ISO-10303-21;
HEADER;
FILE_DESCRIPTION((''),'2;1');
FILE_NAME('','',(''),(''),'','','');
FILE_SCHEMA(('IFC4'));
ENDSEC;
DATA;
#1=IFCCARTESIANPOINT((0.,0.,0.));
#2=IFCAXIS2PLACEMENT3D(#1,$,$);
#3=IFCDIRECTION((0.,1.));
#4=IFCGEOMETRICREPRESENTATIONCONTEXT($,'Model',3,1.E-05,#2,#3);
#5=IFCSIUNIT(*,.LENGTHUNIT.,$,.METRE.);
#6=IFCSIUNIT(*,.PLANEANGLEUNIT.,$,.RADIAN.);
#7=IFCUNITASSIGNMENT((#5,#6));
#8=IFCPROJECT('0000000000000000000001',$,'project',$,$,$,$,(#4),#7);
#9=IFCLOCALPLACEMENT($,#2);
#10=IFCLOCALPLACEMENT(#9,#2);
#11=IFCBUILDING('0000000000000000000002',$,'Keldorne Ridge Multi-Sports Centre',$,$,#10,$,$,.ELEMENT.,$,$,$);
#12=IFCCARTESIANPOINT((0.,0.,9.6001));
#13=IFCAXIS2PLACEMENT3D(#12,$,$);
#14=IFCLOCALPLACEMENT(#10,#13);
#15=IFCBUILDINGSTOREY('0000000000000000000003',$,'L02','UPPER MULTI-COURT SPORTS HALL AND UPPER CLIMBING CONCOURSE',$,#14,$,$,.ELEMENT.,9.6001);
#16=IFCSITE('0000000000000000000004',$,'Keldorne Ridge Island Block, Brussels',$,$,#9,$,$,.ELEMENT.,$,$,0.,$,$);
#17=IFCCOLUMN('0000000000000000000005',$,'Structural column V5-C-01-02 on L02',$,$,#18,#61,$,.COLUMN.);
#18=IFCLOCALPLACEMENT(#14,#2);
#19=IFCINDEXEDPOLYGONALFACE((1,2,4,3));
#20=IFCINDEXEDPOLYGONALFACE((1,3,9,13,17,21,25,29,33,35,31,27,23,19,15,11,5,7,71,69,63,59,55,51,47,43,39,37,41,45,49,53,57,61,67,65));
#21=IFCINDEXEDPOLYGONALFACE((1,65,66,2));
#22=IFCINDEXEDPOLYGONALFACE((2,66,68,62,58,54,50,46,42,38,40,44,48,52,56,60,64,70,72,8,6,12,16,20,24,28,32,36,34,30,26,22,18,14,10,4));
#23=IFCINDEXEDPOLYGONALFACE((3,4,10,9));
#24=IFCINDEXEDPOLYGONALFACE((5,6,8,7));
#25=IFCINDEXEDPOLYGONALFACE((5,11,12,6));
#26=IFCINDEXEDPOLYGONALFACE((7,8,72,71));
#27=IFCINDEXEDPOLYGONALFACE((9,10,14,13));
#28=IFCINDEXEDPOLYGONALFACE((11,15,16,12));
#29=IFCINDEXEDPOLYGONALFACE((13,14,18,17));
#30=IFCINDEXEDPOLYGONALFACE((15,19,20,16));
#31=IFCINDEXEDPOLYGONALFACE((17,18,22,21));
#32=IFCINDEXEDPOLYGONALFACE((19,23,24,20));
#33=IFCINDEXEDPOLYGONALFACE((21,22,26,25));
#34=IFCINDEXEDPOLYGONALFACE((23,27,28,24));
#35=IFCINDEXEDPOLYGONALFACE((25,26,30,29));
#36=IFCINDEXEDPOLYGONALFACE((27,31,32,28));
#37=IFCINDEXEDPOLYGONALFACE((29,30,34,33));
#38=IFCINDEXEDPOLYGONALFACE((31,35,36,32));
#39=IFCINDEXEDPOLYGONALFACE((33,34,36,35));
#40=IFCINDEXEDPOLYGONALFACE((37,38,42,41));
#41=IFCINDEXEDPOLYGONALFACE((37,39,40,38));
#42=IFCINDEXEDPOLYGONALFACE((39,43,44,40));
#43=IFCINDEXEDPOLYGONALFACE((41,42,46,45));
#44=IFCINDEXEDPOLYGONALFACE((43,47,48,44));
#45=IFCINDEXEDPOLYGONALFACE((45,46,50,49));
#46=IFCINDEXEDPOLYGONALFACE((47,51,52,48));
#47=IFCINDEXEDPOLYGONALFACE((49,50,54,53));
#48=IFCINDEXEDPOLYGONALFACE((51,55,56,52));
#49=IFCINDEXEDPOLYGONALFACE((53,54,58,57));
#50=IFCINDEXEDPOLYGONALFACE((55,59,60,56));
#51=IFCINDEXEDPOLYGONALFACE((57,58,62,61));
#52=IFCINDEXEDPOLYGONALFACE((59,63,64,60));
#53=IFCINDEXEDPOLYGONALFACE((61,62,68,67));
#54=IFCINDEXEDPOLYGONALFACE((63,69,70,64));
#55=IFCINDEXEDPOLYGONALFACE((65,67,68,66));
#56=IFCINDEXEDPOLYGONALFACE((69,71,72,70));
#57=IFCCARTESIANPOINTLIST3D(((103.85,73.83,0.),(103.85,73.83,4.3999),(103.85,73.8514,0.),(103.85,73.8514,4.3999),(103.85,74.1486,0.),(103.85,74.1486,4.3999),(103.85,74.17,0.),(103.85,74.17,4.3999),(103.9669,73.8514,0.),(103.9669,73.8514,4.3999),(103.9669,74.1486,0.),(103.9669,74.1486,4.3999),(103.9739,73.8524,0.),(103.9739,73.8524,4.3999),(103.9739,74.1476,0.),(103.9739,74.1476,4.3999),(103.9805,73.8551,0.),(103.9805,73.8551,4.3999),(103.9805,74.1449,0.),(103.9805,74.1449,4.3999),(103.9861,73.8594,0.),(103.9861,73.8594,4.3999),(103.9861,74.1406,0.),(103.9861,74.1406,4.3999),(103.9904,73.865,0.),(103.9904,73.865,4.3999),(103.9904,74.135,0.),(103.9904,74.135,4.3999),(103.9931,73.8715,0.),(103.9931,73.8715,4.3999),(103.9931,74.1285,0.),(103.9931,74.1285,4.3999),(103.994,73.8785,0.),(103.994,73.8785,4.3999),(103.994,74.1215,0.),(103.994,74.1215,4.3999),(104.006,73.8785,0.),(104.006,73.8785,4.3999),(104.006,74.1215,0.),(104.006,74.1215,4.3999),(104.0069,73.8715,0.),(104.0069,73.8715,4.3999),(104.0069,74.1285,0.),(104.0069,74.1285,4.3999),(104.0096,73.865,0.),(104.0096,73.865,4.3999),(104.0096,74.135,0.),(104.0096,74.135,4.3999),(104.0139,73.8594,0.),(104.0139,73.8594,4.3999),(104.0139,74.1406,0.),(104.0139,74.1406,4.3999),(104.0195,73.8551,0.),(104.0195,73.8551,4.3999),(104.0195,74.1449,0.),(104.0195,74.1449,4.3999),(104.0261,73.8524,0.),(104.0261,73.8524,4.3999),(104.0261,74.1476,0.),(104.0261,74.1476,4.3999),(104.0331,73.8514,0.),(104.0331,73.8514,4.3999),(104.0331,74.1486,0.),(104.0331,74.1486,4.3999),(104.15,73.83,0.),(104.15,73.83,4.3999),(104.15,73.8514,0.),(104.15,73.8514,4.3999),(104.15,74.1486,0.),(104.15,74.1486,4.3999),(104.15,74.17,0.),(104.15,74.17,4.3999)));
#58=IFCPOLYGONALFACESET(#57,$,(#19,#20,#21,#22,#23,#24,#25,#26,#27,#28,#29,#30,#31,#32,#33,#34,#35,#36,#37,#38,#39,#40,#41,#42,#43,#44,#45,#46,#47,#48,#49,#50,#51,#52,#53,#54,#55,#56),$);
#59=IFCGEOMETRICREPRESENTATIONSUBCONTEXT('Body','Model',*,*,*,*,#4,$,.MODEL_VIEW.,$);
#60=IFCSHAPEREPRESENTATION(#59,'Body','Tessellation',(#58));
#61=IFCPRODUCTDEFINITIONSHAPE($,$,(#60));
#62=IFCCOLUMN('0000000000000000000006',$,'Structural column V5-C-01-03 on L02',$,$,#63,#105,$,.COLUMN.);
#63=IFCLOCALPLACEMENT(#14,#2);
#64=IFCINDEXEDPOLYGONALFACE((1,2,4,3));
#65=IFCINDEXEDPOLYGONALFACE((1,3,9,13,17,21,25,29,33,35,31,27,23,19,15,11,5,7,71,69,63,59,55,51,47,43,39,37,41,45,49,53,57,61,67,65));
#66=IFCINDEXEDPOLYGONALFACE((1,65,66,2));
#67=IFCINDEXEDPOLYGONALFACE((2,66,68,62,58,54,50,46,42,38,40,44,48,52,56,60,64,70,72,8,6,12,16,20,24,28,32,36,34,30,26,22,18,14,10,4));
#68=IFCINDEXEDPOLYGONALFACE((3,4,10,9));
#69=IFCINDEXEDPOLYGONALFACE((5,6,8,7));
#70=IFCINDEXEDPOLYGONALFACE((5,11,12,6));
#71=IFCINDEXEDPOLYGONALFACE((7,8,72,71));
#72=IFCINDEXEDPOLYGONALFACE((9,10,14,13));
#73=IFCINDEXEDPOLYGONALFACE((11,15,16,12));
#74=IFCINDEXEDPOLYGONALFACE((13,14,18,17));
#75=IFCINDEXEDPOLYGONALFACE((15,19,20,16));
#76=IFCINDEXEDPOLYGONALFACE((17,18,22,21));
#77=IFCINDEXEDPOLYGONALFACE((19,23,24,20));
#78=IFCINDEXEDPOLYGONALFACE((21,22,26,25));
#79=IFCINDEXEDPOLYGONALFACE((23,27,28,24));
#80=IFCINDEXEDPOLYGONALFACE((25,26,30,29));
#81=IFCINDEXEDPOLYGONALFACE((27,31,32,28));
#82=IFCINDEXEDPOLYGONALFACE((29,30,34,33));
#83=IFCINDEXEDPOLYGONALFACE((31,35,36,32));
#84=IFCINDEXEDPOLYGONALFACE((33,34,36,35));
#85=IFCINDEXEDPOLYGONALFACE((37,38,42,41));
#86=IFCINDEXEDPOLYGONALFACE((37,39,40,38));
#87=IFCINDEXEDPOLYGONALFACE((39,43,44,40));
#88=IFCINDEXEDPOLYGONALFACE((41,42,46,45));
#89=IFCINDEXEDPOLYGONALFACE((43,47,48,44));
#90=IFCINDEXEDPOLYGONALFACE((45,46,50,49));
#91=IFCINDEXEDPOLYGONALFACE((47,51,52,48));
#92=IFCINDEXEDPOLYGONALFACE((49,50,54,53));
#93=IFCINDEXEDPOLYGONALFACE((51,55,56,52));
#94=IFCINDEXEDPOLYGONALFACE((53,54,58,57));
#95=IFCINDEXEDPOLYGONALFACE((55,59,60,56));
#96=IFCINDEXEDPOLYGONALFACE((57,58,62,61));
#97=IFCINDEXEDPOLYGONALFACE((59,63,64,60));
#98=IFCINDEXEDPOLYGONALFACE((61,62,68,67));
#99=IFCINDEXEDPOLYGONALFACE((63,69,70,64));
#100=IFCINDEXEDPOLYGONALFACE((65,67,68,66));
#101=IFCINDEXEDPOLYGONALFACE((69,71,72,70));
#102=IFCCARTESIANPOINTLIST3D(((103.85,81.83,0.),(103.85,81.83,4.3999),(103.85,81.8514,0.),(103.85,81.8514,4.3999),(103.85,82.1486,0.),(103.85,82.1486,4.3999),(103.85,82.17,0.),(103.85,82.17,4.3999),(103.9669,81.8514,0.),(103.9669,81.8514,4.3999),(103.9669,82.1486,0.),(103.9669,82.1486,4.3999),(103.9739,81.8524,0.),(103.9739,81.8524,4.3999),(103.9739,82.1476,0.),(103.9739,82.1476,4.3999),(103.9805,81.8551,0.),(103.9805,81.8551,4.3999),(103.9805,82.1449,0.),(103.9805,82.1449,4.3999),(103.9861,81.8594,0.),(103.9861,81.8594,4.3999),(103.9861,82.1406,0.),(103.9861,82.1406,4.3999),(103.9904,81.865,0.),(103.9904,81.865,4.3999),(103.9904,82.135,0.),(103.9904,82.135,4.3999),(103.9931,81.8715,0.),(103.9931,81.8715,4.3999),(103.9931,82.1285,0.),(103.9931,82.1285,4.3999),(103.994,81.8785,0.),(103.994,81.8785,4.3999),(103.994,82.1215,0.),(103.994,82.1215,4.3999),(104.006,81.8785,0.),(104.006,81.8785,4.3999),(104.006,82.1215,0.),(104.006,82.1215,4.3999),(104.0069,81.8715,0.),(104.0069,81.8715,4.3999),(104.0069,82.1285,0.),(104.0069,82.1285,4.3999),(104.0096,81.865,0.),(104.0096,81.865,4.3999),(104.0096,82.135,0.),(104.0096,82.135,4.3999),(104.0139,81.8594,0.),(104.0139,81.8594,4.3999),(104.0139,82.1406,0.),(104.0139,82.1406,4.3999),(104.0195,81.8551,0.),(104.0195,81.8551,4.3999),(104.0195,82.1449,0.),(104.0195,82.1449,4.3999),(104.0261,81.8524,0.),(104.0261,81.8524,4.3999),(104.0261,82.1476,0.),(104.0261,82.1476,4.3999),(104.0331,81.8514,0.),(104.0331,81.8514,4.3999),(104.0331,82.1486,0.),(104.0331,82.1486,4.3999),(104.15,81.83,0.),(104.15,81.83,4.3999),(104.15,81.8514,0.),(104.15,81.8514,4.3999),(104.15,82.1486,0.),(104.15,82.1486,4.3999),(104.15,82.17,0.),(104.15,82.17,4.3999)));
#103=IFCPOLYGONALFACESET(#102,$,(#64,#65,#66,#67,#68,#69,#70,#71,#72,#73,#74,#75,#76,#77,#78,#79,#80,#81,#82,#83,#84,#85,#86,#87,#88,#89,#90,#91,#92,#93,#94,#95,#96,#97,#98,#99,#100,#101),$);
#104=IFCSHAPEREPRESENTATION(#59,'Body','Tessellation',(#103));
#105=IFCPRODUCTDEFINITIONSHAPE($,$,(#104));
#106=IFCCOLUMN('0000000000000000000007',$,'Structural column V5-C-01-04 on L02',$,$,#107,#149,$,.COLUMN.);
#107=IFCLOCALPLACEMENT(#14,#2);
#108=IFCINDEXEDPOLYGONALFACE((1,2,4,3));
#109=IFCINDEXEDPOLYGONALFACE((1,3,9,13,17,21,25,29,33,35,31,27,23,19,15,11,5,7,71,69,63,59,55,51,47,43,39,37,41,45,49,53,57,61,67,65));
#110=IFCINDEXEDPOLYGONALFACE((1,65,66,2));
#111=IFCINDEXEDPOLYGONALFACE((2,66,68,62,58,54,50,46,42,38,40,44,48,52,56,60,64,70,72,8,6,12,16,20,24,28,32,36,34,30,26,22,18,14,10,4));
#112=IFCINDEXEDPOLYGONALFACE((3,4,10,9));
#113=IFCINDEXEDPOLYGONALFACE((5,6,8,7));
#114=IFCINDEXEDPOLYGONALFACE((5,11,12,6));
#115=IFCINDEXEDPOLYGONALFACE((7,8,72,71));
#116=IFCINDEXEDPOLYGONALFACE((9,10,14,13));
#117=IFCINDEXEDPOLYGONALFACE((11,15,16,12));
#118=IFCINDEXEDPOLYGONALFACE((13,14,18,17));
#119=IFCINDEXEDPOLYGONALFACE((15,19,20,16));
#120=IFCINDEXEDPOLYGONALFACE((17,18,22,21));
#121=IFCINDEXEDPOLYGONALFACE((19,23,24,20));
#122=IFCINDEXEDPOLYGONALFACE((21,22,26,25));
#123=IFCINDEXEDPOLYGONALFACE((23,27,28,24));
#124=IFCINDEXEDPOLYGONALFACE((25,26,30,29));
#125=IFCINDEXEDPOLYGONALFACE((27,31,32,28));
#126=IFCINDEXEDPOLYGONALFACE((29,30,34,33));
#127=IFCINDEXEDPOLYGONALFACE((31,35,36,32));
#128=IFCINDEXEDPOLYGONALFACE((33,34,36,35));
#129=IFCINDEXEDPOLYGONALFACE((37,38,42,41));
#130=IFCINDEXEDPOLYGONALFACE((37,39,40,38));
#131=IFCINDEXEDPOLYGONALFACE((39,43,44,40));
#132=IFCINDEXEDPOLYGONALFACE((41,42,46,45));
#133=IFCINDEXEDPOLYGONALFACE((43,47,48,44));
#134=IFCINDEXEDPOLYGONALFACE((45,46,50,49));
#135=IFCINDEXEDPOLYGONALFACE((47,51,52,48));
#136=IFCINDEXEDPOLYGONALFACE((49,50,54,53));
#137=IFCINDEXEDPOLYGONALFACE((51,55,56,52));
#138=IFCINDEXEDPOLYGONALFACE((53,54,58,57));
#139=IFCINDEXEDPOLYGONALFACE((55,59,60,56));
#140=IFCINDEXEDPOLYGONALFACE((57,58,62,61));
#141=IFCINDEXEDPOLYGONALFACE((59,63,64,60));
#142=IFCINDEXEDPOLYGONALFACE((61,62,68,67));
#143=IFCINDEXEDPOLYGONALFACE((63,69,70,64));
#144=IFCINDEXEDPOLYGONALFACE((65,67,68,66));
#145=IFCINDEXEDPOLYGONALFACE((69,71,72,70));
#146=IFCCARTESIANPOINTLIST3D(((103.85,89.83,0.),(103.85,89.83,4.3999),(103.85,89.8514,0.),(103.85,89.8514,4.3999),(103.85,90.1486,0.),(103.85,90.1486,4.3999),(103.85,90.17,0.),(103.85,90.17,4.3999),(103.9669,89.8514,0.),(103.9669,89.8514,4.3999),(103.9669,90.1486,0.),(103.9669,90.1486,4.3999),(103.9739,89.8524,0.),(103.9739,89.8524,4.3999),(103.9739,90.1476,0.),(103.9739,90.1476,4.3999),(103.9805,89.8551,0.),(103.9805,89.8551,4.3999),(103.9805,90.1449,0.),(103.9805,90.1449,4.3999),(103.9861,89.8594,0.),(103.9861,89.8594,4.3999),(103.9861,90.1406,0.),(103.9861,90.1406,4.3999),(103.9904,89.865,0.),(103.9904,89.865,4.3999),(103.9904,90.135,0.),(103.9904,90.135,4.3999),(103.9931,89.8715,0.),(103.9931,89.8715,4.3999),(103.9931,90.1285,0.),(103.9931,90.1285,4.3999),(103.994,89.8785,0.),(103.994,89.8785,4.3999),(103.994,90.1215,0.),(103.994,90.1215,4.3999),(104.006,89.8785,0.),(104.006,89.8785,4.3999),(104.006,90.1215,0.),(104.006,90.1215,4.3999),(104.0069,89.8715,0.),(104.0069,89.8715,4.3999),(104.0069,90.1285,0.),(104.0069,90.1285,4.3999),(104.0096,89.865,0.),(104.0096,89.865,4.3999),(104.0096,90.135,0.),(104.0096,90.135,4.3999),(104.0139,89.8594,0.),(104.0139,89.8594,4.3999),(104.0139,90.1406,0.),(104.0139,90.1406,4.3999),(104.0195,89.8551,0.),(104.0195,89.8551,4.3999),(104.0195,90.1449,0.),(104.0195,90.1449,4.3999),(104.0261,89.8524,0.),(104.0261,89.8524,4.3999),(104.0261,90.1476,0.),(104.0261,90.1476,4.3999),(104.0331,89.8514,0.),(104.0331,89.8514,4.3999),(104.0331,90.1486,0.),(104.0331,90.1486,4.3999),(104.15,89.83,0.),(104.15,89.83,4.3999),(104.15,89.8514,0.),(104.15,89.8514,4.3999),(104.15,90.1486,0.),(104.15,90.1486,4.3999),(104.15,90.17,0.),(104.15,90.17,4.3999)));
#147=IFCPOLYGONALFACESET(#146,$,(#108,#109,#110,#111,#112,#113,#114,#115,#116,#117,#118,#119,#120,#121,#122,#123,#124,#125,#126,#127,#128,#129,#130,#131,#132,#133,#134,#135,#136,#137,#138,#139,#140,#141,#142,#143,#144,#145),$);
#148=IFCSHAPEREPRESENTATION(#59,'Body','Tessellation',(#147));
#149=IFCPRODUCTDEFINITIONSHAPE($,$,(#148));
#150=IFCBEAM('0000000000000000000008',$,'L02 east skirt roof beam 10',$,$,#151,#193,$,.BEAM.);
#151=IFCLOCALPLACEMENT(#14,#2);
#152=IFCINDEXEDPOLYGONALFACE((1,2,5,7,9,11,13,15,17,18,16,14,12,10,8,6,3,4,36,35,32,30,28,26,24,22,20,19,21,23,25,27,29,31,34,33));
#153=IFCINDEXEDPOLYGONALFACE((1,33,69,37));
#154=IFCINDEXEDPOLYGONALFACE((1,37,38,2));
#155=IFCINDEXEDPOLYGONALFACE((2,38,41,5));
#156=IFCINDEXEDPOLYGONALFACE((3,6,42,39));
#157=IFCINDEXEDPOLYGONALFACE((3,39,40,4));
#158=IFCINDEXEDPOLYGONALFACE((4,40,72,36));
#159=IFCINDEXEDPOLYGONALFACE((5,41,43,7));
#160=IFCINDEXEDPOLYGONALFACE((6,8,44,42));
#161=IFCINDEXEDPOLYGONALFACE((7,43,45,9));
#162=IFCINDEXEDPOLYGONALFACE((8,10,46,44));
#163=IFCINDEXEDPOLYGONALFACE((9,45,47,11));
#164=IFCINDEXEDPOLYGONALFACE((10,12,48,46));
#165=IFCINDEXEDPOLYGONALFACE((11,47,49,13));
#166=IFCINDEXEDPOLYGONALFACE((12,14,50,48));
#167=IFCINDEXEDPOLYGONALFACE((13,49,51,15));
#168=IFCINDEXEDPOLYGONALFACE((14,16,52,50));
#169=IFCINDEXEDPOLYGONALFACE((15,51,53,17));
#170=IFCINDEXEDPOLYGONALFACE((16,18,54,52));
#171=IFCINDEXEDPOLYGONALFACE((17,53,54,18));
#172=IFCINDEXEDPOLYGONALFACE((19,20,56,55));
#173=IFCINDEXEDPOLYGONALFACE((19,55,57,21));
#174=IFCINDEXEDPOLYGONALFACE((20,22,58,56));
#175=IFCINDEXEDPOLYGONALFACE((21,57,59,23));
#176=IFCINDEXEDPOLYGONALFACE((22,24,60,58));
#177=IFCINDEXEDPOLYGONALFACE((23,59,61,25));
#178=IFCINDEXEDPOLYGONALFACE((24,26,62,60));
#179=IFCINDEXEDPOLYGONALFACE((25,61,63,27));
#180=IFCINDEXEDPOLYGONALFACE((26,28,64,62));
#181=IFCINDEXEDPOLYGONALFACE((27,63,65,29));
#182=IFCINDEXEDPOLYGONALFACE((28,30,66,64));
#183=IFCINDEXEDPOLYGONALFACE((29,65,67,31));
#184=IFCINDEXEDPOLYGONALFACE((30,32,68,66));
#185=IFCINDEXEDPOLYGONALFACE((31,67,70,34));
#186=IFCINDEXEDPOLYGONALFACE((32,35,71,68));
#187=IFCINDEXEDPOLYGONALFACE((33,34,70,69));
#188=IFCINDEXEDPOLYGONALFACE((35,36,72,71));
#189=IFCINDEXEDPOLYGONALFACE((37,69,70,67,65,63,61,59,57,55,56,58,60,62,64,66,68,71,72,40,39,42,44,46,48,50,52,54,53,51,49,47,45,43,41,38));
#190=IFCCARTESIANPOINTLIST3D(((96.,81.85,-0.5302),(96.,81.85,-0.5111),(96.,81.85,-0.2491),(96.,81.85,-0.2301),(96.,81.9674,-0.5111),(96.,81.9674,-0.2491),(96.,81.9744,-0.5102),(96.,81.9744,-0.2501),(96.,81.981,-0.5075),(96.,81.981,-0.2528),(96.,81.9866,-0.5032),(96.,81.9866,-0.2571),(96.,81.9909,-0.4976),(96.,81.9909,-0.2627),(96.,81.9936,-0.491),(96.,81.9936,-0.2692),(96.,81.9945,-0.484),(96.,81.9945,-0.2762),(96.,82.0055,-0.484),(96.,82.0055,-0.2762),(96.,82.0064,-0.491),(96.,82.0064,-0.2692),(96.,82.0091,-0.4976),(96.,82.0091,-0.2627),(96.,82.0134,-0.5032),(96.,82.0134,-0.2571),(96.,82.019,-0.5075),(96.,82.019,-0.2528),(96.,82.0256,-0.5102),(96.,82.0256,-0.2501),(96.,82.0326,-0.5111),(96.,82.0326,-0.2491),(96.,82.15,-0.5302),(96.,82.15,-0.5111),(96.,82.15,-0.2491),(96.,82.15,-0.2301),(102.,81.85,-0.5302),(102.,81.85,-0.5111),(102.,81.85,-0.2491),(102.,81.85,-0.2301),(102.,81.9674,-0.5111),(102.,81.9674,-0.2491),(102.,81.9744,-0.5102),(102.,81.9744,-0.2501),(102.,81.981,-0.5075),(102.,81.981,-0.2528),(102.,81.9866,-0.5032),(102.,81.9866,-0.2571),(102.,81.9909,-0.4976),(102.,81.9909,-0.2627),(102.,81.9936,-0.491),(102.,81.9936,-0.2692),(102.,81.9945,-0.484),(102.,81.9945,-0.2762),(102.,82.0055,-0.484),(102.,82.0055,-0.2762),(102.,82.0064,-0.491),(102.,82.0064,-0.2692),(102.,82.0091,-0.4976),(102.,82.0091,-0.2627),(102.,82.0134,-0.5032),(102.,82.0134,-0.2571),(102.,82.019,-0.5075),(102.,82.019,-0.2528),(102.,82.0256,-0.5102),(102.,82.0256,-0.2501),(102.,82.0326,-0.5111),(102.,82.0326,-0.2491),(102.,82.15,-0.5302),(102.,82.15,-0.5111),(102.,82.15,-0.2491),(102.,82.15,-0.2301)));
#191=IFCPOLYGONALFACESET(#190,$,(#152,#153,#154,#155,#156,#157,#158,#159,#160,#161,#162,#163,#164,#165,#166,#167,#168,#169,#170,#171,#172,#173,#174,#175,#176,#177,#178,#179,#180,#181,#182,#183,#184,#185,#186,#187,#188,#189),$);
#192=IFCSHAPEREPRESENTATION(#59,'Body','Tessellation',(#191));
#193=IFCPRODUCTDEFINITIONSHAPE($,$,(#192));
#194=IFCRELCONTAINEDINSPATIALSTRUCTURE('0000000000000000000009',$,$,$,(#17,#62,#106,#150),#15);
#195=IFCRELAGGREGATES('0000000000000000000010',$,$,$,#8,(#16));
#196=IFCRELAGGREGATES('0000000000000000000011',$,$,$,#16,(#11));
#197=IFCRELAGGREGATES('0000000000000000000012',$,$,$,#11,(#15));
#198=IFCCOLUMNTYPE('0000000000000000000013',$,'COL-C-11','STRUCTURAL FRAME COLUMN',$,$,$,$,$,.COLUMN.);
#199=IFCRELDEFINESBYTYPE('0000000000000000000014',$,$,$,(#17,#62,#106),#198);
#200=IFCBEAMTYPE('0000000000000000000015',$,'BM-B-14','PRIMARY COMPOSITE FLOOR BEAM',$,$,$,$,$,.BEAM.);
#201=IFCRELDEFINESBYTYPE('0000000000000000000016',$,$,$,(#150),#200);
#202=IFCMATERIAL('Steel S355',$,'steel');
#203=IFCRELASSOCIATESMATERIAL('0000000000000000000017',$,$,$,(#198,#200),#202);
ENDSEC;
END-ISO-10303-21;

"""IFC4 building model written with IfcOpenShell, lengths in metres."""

from ifc_helpers import new_model, si_unit, direction, frame, origin, origin_2d, place, context, subcontext, project, spatial, i_section, extrude, material, material_profile, profile_set, type_object, element, save


model = new_model("IFC4")

# Units and contexts
model_context = context("Model", 3, precision=1e-05, world=origin(), true_north=direction((0.0, 1.0)))
body_context = subcontext(model_context, "Body", "Model", "MODEL_VIEW")
ifc_project = project(units=[si_unit("LENGTHUNIT", "METRE"), si_unit("PLANEANGLEUNIT", "RADIAN")], contexts=[model_context])

# Site, building, storey
site_placement = place(None, origin())
site = spatial("IfcSite", under=ifc_project, at=site_placement, Name="Keldorne Ridge Island Block, Brussels", CompositionType="ELEMENT", RefElevation=0.0)
building_placement = place(site_placement, origin())
building = spatial("IfcBuilding", under=site, at=building_placement, Name="Keldorne Ridge Multi-Sports Centre", CompositionType="ELEMENT")
storey_placement = place(building_placement, frame((0.0, 0.0, 9.6001)))
storey = spatial("IfcBuildingStorey", under=building, at=storey_placement, Name="L02", Description="UPPER MULTI-COURT SPORTS HALL AND UPPER CLIMBING CONCOURSE", CompositionType="ELEMENT", Elevation=9.6001)

# Columns
ifc_material_1 = material(Name="Steel S355", Category="steel")
ifc_material_profile_1 = material_profile(ifc_material_1, i_section(OverallWidth=0.3, OverallDepth=0.3401, WebThickness=0.012, FlangeThickness=0.0215, FilletRadius=0.0271, at=origin_2d()), Name="HEB 340")
ifc_profile_set_1 = profile_set([ifc_material_profile_1], Name="Steel S355")
column_type = type_object("IfcColumnType", Name="COL-C-11", Description="STRUCTURAL FRAME COLUMN", PredefinedType="COLUMN", material=ifc_profile_set_1)
for number, where, z_axis, x_axis, name in (
    (1, (104.0, 74.0, 0.0), (0.0, 0.0, 1.0), (1.0, 0.0, 0.0), "Structural column V5-C-01-02 on L02"),
    (2, (104.0, 82.0, 0.0), (0.0, 0.0, 1.0), (1.0, 0.0, 0.0), "Structural column V5-C-01-03 on L02"),
    (3, (104.0, 90.0, 0.0), (0.0, 0.0, 1.0), (1.0, 0.0, 0.0), "Structural column V5-C-01-04 on L02"),
):
    element("IfcColumn", number, at=place(storey_placement, frame(where, z_axis=z_axis, x_axis=x_axis)), inside=storey, type_object=column_type, Name=name, PredefinedType="COLUMN", context=body_context, shape_type="SweptSolid", body=[
        extrude(i_section(OverallWidth=0.3, OverallDepth=0.3401, WebThickness=0.012, FlangeThickness=0.0215, FilletRadius=0.0271, at=origin_2d()), origin(), (0.0, 0.0, 1.0), 4.3999),
    ])

# Beam
ifc_material_profile_2 = material_profile(ifc_material_1, i_section(OverallWidth=0.3, OverallDepth=0.3, WebThickness=0.011, FlangeThickness=0.019, FilletRadius=0.0271, at=origin_2d()), Name="HEB 300")
ifc_profile_set_2 = profile_set([ifc_material_profile_2], Name="Steel S355")
beam_type_1 = type_object("IfcBeamType", Name="BM-B-14", Description="PRIMARY COMPOSITE FLOOR BEAM", PredefinedType="BEAM", material=ifc_profile_set_2)
for number, where, z_axis, x_axis, name in (
    (4, (96.0, 82.0, -0.3801), (1.0, 0.0, 0.0), (0.0, 1.0, 0.0), "L02 east skirt roof beam 10"),
):
    element("IfcBeam", number, at=place(storey_placement, frame(where, z_axis=z_axis, x_axis=x_axis)), inside=storey, type_object=beam_type_1, Name=name, PredefinedType="BEAM", context=body_context, shape_type="SweptSolid", body=[
        extrude(i_section(OverallWidth=0.3, OverallDepth=0.3, WebThickness=0.011, FlangeThickness=0.019, FilletRadius=0.0271, at=origin_2d()), origin(), (0.0, 0.0, 1.0), 6.0),
    ])

save(model, "model.ifc")
